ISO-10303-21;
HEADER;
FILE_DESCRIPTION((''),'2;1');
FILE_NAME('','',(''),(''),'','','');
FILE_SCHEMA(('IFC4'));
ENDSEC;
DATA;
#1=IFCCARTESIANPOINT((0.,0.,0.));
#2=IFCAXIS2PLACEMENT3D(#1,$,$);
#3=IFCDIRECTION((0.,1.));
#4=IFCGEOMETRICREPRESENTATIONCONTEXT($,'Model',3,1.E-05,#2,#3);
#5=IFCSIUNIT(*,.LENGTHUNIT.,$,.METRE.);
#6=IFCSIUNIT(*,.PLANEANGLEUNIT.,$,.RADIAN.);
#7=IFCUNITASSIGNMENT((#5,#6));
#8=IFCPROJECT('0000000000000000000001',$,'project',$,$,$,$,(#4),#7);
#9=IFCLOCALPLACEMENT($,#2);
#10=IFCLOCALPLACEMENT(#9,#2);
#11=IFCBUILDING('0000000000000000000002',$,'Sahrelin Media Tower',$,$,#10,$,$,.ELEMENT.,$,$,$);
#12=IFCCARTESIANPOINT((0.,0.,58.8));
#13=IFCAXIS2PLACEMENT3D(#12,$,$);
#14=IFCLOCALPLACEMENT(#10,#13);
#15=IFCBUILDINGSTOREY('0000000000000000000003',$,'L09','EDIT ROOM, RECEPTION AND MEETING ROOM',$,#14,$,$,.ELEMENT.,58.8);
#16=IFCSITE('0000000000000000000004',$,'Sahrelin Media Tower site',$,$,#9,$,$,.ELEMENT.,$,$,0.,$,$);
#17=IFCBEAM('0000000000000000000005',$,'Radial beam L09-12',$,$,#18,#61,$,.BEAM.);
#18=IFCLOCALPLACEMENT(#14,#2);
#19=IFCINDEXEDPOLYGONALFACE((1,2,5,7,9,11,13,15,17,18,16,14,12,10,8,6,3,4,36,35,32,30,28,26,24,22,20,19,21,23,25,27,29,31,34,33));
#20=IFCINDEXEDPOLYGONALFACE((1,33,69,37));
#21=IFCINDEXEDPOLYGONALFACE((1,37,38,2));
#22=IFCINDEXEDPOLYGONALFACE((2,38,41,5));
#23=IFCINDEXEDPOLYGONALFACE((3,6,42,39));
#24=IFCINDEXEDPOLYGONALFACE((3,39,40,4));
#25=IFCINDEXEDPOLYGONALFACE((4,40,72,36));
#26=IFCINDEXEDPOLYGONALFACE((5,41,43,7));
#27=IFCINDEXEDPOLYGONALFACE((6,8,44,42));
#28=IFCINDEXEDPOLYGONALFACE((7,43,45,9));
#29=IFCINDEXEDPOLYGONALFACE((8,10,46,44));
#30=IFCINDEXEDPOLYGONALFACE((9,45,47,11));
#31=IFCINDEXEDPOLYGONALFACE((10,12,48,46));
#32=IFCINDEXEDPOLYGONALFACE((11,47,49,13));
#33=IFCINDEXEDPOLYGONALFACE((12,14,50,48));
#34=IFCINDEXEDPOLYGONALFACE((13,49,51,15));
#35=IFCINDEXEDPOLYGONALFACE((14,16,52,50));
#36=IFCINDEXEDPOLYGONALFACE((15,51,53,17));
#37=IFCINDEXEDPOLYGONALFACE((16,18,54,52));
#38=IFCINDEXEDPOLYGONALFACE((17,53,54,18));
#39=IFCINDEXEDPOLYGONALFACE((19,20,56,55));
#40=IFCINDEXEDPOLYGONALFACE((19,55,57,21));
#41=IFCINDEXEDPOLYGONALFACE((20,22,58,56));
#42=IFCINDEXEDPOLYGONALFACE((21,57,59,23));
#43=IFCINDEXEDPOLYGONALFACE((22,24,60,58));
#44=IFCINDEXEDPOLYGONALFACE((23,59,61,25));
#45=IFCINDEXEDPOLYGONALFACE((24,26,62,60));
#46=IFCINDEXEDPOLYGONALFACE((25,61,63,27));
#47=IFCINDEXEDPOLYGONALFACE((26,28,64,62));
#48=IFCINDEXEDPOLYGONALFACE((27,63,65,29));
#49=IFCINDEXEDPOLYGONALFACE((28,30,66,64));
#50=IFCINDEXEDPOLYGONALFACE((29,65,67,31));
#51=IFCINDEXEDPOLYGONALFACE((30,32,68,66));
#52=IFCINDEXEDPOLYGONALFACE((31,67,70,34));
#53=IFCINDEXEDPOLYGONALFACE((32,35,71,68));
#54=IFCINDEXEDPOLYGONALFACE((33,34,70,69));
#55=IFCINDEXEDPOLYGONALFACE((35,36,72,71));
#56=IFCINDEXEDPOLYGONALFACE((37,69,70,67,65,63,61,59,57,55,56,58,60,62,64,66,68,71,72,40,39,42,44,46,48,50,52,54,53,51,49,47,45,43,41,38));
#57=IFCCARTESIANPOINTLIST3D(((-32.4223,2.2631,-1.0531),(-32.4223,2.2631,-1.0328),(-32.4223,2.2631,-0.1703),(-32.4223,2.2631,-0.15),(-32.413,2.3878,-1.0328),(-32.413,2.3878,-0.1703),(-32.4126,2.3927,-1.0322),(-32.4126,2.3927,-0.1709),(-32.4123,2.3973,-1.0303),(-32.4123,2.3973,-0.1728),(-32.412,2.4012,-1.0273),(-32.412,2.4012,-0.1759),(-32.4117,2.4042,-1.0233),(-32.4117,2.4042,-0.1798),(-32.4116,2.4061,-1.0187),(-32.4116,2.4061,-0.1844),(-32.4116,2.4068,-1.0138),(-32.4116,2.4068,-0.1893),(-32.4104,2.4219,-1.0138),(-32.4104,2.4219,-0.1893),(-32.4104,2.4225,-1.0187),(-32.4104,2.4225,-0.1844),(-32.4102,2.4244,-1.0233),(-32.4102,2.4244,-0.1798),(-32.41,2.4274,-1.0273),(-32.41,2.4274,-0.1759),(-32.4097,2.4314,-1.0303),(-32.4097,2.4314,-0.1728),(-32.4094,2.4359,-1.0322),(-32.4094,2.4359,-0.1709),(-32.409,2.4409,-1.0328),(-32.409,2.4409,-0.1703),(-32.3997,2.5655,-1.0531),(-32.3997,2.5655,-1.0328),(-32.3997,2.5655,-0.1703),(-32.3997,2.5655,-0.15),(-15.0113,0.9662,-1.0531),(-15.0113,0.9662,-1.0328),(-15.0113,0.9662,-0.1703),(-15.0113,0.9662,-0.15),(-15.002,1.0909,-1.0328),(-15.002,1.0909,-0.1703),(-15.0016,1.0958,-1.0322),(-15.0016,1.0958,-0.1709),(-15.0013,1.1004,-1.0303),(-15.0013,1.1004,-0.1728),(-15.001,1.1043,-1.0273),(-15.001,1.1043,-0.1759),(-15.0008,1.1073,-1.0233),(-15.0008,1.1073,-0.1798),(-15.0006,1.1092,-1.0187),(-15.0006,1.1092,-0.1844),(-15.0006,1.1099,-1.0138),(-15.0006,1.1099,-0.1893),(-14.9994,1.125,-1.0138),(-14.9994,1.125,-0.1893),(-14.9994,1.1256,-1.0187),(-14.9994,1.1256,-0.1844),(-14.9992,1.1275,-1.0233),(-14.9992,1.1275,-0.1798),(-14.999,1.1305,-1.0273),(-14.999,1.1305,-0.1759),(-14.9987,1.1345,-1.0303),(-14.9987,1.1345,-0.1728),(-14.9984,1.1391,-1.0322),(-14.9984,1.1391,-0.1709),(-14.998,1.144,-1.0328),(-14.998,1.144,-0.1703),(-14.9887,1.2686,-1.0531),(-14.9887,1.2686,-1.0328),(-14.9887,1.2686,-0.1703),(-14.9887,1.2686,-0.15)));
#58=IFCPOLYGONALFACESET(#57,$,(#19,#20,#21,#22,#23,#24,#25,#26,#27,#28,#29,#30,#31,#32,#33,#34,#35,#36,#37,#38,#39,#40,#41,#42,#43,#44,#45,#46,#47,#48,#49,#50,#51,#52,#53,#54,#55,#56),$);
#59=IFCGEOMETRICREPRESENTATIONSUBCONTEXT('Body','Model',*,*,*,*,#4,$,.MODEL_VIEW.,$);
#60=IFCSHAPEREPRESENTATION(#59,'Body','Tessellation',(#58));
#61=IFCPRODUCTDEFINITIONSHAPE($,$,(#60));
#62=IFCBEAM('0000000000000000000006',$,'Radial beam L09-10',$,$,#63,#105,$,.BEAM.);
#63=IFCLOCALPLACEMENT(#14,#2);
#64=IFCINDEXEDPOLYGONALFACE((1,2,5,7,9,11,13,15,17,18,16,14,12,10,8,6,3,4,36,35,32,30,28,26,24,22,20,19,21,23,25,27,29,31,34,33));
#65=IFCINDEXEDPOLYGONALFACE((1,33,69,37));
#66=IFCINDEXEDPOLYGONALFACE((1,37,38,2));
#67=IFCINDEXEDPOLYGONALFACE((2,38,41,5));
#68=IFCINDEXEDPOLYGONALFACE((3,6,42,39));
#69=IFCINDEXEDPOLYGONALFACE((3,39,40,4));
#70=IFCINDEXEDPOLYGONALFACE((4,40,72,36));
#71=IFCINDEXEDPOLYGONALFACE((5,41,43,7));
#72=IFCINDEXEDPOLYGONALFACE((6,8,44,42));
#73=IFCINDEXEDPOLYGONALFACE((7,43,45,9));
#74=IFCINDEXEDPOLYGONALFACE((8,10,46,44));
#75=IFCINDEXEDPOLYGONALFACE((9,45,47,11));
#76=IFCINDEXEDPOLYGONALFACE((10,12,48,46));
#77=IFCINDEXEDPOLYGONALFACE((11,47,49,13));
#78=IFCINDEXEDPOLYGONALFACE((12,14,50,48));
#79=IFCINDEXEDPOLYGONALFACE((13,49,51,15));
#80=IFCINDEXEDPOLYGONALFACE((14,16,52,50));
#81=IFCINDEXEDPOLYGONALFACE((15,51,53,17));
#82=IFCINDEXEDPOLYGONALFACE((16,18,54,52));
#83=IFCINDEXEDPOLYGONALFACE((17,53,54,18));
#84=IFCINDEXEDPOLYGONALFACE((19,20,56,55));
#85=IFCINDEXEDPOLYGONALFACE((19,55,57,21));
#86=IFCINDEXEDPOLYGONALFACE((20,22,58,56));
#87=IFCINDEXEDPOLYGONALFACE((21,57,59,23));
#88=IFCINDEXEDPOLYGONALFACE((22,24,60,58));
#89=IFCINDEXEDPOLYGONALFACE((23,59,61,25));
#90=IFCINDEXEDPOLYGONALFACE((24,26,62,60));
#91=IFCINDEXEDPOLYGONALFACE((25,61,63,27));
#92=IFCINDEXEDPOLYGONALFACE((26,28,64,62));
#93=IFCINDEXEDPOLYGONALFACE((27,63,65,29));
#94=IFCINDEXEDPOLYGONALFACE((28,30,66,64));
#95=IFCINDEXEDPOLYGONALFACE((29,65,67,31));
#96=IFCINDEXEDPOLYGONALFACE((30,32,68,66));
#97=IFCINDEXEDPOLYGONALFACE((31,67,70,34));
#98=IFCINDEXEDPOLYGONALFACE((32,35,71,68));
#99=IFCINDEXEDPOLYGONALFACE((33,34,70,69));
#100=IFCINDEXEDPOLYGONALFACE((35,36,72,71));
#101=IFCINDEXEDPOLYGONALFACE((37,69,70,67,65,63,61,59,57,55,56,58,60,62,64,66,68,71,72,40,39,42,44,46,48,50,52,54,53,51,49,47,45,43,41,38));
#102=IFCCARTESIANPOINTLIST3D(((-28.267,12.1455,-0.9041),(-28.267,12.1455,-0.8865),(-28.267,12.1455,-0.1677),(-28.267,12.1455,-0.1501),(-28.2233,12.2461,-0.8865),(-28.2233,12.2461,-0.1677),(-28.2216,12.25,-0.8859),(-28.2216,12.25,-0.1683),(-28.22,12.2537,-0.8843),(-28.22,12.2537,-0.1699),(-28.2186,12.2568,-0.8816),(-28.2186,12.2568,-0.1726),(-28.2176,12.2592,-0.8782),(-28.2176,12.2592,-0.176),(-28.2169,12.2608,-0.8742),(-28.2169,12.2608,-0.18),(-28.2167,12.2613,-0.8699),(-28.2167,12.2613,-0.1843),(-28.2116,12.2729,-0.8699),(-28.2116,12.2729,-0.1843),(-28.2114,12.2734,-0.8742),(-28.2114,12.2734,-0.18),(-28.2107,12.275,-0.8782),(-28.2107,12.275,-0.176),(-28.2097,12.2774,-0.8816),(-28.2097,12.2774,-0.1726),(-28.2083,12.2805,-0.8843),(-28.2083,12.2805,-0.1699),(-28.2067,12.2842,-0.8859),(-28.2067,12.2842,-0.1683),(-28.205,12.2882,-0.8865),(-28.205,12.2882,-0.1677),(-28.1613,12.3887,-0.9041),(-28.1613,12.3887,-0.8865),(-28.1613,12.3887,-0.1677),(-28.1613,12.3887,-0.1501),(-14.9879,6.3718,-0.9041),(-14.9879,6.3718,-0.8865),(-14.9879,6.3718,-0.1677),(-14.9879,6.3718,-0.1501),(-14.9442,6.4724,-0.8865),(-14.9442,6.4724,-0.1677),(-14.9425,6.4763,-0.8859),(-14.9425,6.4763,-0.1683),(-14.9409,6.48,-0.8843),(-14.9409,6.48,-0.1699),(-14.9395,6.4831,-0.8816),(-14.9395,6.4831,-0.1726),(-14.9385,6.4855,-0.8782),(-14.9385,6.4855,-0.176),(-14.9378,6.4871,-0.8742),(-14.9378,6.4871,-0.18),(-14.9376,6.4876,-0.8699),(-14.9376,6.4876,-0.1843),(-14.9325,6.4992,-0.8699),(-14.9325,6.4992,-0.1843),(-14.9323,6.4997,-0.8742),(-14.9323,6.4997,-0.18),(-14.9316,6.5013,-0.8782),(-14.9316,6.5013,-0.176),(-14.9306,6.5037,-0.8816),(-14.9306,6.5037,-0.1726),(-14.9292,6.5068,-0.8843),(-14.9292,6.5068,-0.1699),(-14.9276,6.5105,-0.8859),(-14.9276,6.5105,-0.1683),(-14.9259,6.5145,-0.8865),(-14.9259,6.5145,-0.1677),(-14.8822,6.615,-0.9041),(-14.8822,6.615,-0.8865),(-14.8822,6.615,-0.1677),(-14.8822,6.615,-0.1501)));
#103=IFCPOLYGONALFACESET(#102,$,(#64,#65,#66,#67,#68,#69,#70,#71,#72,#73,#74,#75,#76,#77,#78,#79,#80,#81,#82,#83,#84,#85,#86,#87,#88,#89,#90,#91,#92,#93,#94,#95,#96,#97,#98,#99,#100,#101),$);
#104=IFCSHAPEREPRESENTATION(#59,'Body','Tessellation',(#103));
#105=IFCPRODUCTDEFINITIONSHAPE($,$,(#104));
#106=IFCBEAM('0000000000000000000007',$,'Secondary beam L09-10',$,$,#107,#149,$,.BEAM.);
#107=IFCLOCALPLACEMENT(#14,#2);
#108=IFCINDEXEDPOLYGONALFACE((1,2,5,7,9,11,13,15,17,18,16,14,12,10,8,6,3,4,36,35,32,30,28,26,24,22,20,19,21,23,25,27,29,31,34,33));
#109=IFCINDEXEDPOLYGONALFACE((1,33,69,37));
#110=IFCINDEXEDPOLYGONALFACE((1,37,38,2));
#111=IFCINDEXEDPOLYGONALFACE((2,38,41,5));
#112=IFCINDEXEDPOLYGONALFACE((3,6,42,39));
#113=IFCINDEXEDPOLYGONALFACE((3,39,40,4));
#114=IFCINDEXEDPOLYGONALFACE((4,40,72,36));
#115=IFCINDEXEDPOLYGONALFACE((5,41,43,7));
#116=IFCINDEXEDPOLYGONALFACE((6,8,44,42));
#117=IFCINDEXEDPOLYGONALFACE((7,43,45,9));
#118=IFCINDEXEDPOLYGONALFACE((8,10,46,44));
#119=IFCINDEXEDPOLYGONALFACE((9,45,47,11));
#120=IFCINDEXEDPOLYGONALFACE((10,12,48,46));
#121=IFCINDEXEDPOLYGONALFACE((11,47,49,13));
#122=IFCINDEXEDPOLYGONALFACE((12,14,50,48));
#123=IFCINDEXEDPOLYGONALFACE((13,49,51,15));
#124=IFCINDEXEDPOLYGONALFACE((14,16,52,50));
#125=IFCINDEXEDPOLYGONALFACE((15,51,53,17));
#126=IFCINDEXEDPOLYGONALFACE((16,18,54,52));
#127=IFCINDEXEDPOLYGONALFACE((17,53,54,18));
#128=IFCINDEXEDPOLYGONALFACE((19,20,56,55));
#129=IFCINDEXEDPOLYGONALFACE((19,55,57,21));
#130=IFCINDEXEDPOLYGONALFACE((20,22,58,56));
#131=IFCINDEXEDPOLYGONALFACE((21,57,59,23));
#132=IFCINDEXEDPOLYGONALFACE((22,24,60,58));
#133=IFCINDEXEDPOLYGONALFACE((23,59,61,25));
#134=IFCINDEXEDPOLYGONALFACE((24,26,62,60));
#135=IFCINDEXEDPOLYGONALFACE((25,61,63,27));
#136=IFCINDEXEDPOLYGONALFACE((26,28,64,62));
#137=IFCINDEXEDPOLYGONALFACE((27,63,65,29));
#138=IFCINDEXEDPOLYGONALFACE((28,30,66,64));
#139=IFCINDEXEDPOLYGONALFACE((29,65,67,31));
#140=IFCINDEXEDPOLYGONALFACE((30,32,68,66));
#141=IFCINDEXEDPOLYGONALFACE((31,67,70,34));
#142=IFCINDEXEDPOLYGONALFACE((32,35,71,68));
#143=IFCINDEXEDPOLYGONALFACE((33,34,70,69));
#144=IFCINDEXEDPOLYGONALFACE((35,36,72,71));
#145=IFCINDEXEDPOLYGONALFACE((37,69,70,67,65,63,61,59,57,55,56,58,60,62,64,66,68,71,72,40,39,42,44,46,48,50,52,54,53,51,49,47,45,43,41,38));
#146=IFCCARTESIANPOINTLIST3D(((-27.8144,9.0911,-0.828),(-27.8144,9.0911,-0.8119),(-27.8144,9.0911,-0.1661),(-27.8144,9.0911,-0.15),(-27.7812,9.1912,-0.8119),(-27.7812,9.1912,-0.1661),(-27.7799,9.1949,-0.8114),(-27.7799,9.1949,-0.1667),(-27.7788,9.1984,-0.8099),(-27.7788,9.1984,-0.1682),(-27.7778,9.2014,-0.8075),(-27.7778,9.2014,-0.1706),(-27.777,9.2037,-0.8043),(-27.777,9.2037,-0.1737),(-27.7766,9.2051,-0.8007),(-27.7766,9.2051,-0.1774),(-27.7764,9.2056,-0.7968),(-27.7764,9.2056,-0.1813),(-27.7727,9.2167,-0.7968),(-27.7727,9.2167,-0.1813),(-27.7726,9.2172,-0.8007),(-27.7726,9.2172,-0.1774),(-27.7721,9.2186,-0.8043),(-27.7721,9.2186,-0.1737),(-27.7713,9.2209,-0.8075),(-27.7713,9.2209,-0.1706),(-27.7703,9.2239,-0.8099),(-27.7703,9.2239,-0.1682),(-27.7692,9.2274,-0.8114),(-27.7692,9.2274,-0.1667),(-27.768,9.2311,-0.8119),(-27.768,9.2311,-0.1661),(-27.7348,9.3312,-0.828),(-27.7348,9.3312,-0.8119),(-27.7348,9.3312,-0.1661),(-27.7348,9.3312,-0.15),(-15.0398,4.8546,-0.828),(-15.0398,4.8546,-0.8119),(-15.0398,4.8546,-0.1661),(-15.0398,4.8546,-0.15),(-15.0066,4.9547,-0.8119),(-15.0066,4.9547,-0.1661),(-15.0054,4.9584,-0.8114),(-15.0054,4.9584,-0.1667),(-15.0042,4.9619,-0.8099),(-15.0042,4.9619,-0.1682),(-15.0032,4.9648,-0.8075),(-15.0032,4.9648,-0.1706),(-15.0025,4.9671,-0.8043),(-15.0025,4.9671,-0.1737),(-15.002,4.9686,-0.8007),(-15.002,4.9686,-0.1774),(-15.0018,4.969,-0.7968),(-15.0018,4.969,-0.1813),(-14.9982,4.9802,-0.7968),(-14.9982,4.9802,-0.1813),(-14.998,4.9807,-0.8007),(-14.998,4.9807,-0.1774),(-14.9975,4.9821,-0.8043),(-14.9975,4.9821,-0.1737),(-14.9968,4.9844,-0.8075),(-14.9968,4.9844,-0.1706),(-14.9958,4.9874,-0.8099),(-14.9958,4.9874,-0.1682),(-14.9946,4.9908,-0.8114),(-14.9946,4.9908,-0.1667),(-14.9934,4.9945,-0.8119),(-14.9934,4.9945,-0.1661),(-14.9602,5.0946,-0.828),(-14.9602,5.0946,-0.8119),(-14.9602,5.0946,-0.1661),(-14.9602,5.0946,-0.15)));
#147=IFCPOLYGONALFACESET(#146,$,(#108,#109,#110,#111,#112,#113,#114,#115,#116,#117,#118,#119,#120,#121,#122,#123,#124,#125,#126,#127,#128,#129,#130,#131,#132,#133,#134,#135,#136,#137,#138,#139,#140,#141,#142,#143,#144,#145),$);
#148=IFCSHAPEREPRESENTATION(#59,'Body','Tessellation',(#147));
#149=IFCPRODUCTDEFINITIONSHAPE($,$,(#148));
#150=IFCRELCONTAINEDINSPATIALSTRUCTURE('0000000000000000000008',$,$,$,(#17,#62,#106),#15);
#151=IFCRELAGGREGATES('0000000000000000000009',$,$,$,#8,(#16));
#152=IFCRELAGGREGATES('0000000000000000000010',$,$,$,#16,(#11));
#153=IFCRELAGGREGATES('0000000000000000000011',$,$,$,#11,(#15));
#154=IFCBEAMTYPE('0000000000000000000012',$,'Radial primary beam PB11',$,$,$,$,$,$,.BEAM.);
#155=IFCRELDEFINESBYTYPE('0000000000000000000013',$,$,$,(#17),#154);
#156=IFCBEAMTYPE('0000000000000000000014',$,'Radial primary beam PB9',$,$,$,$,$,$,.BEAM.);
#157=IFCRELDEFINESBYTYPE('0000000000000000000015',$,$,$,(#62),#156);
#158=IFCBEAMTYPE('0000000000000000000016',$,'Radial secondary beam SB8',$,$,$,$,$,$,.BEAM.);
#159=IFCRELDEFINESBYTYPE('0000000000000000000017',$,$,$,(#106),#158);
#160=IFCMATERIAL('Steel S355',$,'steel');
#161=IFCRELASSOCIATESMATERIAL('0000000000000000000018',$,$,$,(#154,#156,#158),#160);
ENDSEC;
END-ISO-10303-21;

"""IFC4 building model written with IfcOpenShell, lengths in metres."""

from ifc_helpers import new_model, si_unit, direction, frame, origin, origin_2d, place, context, subcontext, project, spatial, i_section, extrude, material, material_profile, profile_set, type_object, element, save


model = new_model("IFC4")

# Units and contexts
model_context = context("Model", 3, precision=1e-05, world=origin(), true_north=direction((0.0, 1.0)))
body_context = subcontext(model_context, "Body", "Model", "MODEL_VIEW")
ifc_project = project(units=[si_unit("LENGTHUNIT", "METRE"), si_unit("PLANEANGLEUNIT", "RADIAN")], contexts=[model_context])

# Site, building, storey
site_placement = place(None, origin())
site = spatial("IfcSite", under=ifc_project, at=site_placement, Name="Sahrelin Media Tower site", CompositionType="ELEMENT", RefElevation=0.0)
building_placement = place(site_placement, origin())
building = spatial("IfcBuilding", under=site, at=building_placement, Name="Sahrelin Media Tower", CompositionType="ELEMENT")
storey_placement = place(building_placement, frame((0.0, 0.0, 58.8)))
storey = spatial("IfcBuildingStorey", under=building, at=storey_placement, Name="L09", Description="EDIT ROOM, RECEPTION AND MEETING ROOM", CompositionType="ELEMENT", Elevation=58.8)

# Shared definitions
ifc_material_1 = material(Name="Steel S355", Category="steel")

# Beams
ifc_material_profile_1 = material_profile(ifc_material_1, i_section(OverallWidth=0.3032, OverallDepth=0.9031, WebThickness=0.0151, FlangeThickness=0.0203, FilletRadius=0.019, at=origin_2d()), Name="UB 914x305x201")
ifc_profile_set_1 = profile_set([ifc_material_profile_1], Name="Steel S355")
beam_type_1 = type_object("IfcBeamType", Name="Radial primary beam PB11", PredefinedType="BEAM", material=ifc_profile_set_1)
beam_1_placement = place(storey_placement, frame((-15.0, 1.1174, -0.6016), z_axis=(-0.997237, 0.074281, 0.0), x_axis=(-0.074281, -0.997237, 0.0)))
element("IfcBeam", 1, at=beam_1_placement, inside=storey, type_object=beam_type_1, Name="Radial beam L09-12", PredefinedType="BEAM", context=body_context, shape_type="SweptSolid", body=[
    extrude(i_section(OverallWidth=0.3032, OverallDepth=0.9031, WebThickness=0.0151, FlangeThickness=0.0203, FilletRadius=0.019, at=origin_2d()), origin(), (0.0, 0.0, 1.0), 17.4592),
])
ifc_material_profile_2 = material_profile(ifc_material_1, i_section(OverallWidth=0.2651, OverallDepth=0.7539, WebThickness=0.0127, FlangeThickness=0.0176, FilletRadius=0.0166, at=origin_2d()), Name="UB 762x267x147")
ifc_profile_set_2 = profile_set([ifc_material_profile_2], Name="Steel S355")
beam_type_2 = type_object("IfcBeamType", Name="Radial primary beam PB9", PredefinedType="BEAM", material=ifc_profile_set_2)
beam_2_placement = place(storey_placement, frame((-14.9351, 6.4934, -0.5271), z_axis=(-0.917065, 0.398737, 0.0), x_axis=(-0.398737, -0.917065, 0.0)))
element("IfcBeam", 2, at=beam_2_placement, inside=storey, type_object=beam_type_2, Name="Radial beam L09-10", PredefinedType="BEAM", context=body_context, shape_type="SweptSolid", body=[
    extrude(i_section(OverallWidth=0.2651, OverallDepth=0.7539, WebThickness=0.0127, FlangeThickness=0.0176, FilletRadius=0.0166, at=origin_2d()), origin(), (0.0, 0.0, 1.0), 14.48),
])
ifc_material_profile_3 = material_profile(ifc_material_1, i_section(OverallWidth=0.2529, OverallDepth=0.678, WebThickness=0.0117, FlangeThickness=0.0161, FilletRadius=0.0151, at=origin_2d()), Name="UB 686x254x125")
ifc_profile_set_3 = profile_set([ifc_material_profile_3], Name="Steel S355")
beam_type_3 = type_object("IfcBeamType", Name="Radial secondary beam SB8", PredefinedType="BEAM", material=ifc_profile_set_3)
beam_3_placement = place(storey_placement, frame((-15.0, 4.9746, -0.489), z_axis=(-0.949165, 0.31478, 0.0), x_axis=(-0.31478, -0.949165, 0.0)))
element("IfcBeam", 3, at=beam_3_placement, inside=storey, type_object=beam_type_3, Name="Secondary beam L09-10", PredefinedType="BEAM", context=body_context, shape_type="SweptSolid", body=[
    extrude(i_section(OverallWidth=0.2529, OverallDepth=0.678, WebThickness=0.0117, FlangeThickness=0.0161, FilletRadius=0.0151, at=origin_2d()), origin(), (0.0, 0.0, 1.0), 13.4587),
])

save(model, "model.ifc")
